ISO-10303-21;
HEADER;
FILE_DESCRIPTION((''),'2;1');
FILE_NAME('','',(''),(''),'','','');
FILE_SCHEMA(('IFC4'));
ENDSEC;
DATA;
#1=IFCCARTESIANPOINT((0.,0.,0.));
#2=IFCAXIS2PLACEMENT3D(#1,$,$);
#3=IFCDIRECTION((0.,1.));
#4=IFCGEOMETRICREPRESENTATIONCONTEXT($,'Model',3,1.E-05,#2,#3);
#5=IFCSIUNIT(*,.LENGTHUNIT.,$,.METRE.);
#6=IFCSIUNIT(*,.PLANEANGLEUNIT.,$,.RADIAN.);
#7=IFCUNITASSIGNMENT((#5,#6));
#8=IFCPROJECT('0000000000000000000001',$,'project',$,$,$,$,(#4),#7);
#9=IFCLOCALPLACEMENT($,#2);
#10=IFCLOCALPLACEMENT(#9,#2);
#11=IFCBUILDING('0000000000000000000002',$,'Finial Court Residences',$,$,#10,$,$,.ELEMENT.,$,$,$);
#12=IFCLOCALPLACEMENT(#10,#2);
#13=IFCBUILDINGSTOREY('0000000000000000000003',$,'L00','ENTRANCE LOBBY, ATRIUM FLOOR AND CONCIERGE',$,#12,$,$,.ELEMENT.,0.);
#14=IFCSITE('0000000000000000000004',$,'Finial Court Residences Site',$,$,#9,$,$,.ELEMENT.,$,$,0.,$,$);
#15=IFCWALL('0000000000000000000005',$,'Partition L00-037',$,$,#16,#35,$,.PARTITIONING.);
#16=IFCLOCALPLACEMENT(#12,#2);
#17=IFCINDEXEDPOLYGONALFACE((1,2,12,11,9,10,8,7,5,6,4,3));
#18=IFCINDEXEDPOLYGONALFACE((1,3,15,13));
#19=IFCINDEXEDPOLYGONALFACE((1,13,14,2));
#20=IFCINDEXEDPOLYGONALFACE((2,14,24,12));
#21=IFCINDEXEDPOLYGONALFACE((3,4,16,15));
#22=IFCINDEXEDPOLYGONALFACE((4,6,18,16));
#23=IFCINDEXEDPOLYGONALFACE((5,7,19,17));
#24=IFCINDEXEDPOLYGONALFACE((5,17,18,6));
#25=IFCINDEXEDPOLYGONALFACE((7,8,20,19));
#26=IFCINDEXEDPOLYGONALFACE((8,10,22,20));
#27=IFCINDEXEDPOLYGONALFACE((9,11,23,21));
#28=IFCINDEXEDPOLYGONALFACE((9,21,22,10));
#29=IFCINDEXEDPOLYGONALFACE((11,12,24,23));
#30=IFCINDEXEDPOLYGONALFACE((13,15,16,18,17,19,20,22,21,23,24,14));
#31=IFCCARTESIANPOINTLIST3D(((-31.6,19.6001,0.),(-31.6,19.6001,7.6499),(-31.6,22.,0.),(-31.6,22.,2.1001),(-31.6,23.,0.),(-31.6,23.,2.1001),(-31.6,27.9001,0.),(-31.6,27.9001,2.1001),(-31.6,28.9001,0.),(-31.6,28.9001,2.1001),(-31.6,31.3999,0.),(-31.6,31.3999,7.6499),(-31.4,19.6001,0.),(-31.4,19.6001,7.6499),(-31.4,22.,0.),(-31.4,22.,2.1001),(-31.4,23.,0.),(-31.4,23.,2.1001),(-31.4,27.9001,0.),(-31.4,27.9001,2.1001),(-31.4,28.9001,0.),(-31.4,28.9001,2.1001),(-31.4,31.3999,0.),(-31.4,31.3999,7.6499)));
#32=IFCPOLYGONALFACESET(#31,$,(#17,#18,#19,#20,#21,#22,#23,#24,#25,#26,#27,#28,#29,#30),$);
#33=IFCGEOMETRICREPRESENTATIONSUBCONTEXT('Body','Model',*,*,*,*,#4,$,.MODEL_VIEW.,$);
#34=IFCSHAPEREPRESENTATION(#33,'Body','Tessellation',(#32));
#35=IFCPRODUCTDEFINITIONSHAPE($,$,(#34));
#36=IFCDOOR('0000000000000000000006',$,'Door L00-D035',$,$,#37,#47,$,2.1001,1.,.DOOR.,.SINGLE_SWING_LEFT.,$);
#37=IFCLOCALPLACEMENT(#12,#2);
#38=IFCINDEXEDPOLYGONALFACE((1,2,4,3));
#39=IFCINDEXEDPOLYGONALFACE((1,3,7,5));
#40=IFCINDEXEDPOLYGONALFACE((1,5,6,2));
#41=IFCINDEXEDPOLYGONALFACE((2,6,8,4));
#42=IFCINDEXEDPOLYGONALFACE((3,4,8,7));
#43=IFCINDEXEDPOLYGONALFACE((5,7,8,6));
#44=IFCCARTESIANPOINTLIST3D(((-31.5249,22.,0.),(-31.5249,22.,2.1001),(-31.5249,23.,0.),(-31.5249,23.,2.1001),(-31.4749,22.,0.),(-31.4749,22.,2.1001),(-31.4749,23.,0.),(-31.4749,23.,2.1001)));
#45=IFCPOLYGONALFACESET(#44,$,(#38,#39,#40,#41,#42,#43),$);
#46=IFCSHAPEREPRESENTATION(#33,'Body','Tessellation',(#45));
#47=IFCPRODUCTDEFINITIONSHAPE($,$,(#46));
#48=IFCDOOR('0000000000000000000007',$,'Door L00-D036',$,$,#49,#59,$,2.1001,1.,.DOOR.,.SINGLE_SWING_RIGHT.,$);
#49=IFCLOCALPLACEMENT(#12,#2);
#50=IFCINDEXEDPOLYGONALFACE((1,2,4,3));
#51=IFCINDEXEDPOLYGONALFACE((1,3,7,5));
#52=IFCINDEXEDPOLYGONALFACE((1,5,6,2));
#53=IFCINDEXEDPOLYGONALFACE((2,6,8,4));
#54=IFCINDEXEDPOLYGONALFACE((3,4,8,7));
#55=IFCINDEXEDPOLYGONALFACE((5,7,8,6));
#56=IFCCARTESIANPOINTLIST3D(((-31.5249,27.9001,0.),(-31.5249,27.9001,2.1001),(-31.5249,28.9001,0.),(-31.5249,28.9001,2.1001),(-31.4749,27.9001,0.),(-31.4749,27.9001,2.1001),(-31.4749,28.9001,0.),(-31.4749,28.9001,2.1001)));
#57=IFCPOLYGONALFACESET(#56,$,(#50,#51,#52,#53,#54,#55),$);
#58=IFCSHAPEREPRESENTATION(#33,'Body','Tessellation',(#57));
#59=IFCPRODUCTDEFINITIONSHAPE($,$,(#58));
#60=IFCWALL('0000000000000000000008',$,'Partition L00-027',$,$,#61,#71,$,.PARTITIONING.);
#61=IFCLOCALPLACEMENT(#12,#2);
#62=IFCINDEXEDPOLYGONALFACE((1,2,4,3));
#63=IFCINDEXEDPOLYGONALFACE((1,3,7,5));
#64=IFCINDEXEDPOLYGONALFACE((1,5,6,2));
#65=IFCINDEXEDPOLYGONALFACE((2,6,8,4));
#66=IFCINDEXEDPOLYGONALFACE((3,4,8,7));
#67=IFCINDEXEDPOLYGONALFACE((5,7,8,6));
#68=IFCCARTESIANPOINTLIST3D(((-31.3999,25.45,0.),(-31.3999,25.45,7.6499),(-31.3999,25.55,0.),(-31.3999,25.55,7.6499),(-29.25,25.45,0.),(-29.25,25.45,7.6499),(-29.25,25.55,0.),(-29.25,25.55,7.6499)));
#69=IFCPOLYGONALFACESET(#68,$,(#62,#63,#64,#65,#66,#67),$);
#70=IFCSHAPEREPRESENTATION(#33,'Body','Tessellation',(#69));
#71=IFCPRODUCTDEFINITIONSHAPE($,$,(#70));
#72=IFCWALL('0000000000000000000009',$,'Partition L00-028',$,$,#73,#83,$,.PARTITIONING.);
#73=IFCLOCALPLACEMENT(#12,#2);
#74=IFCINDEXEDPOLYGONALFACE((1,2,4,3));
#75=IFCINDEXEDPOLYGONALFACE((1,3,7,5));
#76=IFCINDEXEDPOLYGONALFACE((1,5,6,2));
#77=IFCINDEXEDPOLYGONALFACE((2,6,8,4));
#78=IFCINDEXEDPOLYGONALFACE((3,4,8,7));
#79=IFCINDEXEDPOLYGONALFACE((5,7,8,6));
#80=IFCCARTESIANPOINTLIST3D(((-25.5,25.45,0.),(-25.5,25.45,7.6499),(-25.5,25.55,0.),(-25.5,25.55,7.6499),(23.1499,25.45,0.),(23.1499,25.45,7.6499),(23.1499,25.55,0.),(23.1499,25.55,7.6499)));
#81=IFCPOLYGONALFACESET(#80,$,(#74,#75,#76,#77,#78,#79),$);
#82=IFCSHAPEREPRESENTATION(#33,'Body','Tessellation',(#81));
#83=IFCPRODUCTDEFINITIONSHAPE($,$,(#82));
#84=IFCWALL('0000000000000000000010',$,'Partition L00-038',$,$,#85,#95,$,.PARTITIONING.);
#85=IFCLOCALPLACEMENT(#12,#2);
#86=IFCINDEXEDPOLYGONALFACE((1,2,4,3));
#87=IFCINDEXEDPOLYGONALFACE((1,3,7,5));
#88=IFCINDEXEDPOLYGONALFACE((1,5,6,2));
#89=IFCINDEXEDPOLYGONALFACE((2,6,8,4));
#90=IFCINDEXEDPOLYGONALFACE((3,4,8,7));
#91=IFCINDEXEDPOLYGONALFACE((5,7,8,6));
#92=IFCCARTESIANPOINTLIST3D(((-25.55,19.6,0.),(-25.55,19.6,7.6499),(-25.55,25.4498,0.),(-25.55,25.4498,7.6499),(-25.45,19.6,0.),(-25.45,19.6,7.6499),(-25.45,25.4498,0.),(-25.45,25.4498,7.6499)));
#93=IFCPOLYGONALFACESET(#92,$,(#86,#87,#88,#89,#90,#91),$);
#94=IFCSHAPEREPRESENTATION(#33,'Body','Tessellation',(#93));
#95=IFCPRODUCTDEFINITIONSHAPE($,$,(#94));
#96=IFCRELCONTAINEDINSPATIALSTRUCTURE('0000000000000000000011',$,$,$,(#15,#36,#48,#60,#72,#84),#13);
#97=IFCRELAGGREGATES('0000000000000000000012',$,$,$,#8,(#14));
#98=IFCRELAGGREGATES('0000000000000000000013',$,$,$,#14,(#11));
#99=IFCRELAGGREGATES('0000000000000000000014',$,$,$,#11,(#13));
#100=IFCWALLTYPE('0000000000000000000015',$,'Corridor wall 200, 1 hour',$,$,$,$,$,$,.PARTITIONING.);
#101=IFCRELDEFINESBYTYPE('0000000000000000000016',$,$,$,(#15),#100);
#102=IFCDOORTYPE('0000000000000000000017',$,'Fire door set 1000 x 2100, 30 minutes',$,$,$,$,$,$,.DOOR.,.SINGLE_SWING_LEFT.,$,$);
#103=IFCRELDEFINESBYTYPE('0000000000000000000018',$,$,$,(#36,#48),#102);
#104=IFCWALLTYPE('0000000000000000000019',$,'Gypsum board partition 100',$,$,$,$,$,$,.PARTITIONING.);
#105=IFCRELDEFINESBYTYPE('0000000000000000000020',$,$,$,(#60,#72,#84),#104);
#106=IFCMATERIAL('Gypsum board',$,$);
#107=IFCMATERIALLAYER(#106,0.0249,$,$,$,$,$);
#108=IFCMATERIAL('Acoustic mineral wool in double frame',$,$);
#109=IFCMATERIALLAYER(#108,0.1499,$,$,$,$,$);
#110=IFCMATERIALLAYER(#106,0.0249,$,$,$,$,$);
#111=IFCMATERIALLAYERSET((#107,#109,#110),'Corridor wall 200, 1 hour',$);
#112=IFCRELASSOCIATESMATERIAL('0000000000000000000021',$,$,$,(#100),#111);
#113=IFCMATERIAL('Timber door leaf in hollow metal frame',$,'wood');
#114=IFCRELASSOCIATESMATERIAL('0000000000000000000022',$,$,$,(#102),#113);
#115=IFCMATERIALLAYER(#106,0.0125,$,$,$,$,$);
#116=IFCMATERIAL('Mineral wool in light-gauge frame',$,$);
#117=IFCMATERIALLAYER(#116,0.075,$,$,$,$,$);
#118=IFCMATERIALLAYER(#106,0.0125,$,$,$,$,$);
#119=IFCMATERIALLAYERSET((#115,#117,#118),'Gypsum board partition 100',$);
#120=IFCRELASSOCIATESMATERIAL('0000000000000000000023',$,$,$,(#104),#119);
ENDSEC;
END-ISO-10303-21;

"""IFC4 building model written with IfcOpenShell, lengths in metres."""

from ifc_helpers import new_model, si_unit, direction, frame, frame_2d, origin, place, context, subcontext, project, spatial, rectangle, extrude, material, layer, layer_set, type_object, element, fill, save


model = new_model("IFC4")

# Units and contexts
model_context = context("Model", 3, precision=1e-05, world=origin(), true_north=direction((0.0, 1.0)))
body_context = subcontext(model_context, "Body", "Model", "MODEL_VIEW")
ifc_project = project(units=[si_unit("LENGTHUNIT", "METRE"), si_unit("PLANEANGLEUNIT", "RADIAN")], contexts=[model_context])

# Site, building, storey
site_placement = place(None, origin())
site = spatial("IfcSite", under=ifc_project, at=site_placement, Name="Finial Court Residences Site", CompositionType="ELEMENT", RefElevation=0.0)
building_placement = place(site_placement, origin())
building = spatial("IfcBuilding", under=site, at=building_placement, Name="Finial Court Residences", CompositionType="ELEMENT")
storey_placement = place(building_placement, origin())
storey = spatial("IfcBuildingStorey", under=building, at=storey_placement, Name="L00", Description="ENTRANCE LOBBY, ATRIUM FLOOR AND CONCIERGE", CompositionType="ELEMENT", Elevation=0.0)

# Wall, openings, doors
ifc_material_1 = material(Name="Gypsum board")
ifc_layer_1 = layer(ifc_material_1, 0.0249)
ifc_material_2 = material(Name="Acoustic mineral wool in double frame")
ifc_layer_2 = layer(ifc_material_2, 0.1499)
ifc_layer_3 = layer(ifc_material_1, 0.0249)
ifc_layer_set_1 = layer_set([ifc_layer_1, ifc_layer_2, ifc_layer_3], Name="Corridor wall 200, 1 hour")
wall_type_1 = type_object("IfcWallType", Name="Corridor wall 200, 1 hour", PredefinedType="PARTITIONING", material=ifc_layer_set_1)
ifc_material_3 = material(Name="Timber door leaf in hollow metal frame", Category="wood")
door_type_1 = type_object("IfcDoorType", Name="Fire door set 1000 x 2100, 30 minutes", OperationType="SINGLE_SWING_LEFT", PredefinedType="DOOR", material=ifc_material_3)
wall_1_placement = place(storey_placement, frame((-31.5, 19.6001, 0.0), z_axis=(0.0, 0.0, 1.0), x_axis=(0.0, 1.0, 0.0)))
wall_1 = element("IfcWall", 1, at=wall_1_placement, inside=storey, type_object=wall_type_1, Name="Partition L00-037", PredefinedType="PARTITIONING", context=body_context, shape_type="SweptSolid", body=[
    extrude(rectangle(XDim=11.7998, YDim=0.2, at=frame_2d((5.8999, 0.0))), origin(), (0.0, 0.0, 1.0), 7.6499),
])
opening_1_placement = place(wall_1_placement, frame((2.3999, 0.0, 0.0)))
opening_1 = element("IfcOpeningElement", 2, at=opening_1_placement, cuts=wall_1, PredefinedType="OPENING", context=body_context, shape_type="SweptSolid", body=[
    extrude(rectangle(XDim=1.0, YDim=2.1001, at=frame_2d((0.5, 1.05))), frame((0.0, 0.1099, 0.0), z_axis=(0.0, -1.0, 0.0), x_axis=(1.0, 0.0, 0.0)), (0.0, 0.0, 1.0), 0.22),
])
opening_2_placement = place(wall_1_placement, frame((8.3, 0.0, 0.0)))
opening_2 = element("IfcOpeningElement", 3, at=opening_2_placement, cuts=wall_1, PredefinedType="OPENING", context=body_context, shape_type="SweptSolid", body=[
    extrude(rectangle(XDim=1.0, YDim=2.1001, at=frame_2d((0.5, 1.05))), frame((0.0, 0.1099, 0.0), z_axis=(0.0, -1.0, 0.0), x_axis=(1.0, 0.0, 0.0)), (0.0, 0.0, 1.0), 0.22),
])
door_1_placement = place(opening_1_placement, origin())
door_1 = element("IfcDoor", 4, at=door_1_placement, inside=storey, type_object=door_type_1, Name="Door L00-D035", OperationType="SINGLE_SWING_LEFT", OverallHeight=2.1001, OverallWidth=1.0, PredefinedType="DOOR", context=body_context, shape_type="SweptSolid", body=[
    extrude(rectangle(XDim=1.0, YDim=2.1001, at=frame_2d((0.5, 1.05))), frame((0.0, 0.0249, 0.0), z_axis=(0.0, -1.0, 0.0), x_axis=(1.0, 0.0, 0.0)), (0.0, 0.0, 1.0), 0.05),
])
fill(opening_1, door_1)
door_2_placement = place(opening_2_placement, origin())
door_2 = element("IfcDoor", 5, at=door_2_placement, inside=storey, type_object=door_type_1, Name="Door L00-D036", OperationType="SINGLE_SWING_RIGHT", OverallHeight=2.1001, OverallWidth=1.0, PredefinedType="DOOR", context=body_context, shape_type="SweptSolid", body=[
    extrude(rectangle(XDim=1.0, YDim=2.1001, at=frame_2d((0.5, 1.05))), frame((0.0, 0.0249, 0.0), z_axis=(0.0, -1.0, 0.0), x_axis=(1.0, 0.0, 0.0)), (0.0, 0.0, 1.0), 0.05),
])
fill(opening_2, door_2)

# Walls
ifc_layer_4 = layer(ifc_material_1, 0.0125)
ifc_material_4 = material(Name="Mineral wool in light-gauge frame")
ifc_layer_5 = layer(ifc_material_4, 0.075)
ifc_layer_6 = layer(ifc_material_1, 0.0125)
ifc_layer_set_2 = layer_set([ifc_layer_4, ifc_layer_5, ifc_layer_6], Name="Gypsum board partition 100")
wall_type_2 = type_object("IfcWallType", Name="Gypsum board partition 100", PredefinedType="PARTITIONING", material=ifc_layer_set_2)
wall_2_placement = place(storey_placement, frame((-31.3999, 25.5, 0.0), z_axis=(0.0, 0.0, 1.0), x_axis=(1.0, 0.0, 0.0)))
element("IfcWall", 6, at=wall_2_placement, inside=storey, type_object=wall_type_2, Name="Partition L00-027", PredefinedType="PARTITIONING", context=body_context, shape_type="SweptSolid", body=[
    extrude(rectangle(XDim=2.1499, YDim=0.1001, at=frame_2d((1.075, 0.0))), origin(), (0.0, 0.0, 1.0), 7.6499),
])
wall_3_placement = place(storey_placement, frame((-25.5, 25.5, 0.0), z_axis=(0.0, 0.0, 1.0), x_axis=(1.0, 0.0, 0.0)))
element("IfcWall", 7, at=wall_3_placement, inside=storey, type_object=wall_type_2, Name="Partition L00-028", PredefinedType="PARTITIONING", context=body_context, shape_type="SweptSolid", body=[
    extrude(rectangle(XDim=48.6499, YDim=0.1001, at=frame_2d((24.325, 0.0))), origin(), (0.0, 0.0, 1.0), 7.6499),
])
wall_4_placement = place(storey_placement, frame((-25.5, 19.6001, 0.0), z_axis=(0.0, 0.0, 1.0), x_axis=(0.0, 1.0, 0.0)))
element("IfcWall", 8, at=wall_4_placement, inside=storey, type_object=wall_type_2, Name="Partition L00-038", PredefinedType="PARTITIONING", context=body_context, shape_type="SweptSolid", body=[
    extrude(rectangle(XDim=5.8499, YDim=0.1001, at=frame_2d((2.9248, 0.0))), origin(), (0.0, 0.0, 1.0), 7.6499),
])

save(model, "model.ifc")
